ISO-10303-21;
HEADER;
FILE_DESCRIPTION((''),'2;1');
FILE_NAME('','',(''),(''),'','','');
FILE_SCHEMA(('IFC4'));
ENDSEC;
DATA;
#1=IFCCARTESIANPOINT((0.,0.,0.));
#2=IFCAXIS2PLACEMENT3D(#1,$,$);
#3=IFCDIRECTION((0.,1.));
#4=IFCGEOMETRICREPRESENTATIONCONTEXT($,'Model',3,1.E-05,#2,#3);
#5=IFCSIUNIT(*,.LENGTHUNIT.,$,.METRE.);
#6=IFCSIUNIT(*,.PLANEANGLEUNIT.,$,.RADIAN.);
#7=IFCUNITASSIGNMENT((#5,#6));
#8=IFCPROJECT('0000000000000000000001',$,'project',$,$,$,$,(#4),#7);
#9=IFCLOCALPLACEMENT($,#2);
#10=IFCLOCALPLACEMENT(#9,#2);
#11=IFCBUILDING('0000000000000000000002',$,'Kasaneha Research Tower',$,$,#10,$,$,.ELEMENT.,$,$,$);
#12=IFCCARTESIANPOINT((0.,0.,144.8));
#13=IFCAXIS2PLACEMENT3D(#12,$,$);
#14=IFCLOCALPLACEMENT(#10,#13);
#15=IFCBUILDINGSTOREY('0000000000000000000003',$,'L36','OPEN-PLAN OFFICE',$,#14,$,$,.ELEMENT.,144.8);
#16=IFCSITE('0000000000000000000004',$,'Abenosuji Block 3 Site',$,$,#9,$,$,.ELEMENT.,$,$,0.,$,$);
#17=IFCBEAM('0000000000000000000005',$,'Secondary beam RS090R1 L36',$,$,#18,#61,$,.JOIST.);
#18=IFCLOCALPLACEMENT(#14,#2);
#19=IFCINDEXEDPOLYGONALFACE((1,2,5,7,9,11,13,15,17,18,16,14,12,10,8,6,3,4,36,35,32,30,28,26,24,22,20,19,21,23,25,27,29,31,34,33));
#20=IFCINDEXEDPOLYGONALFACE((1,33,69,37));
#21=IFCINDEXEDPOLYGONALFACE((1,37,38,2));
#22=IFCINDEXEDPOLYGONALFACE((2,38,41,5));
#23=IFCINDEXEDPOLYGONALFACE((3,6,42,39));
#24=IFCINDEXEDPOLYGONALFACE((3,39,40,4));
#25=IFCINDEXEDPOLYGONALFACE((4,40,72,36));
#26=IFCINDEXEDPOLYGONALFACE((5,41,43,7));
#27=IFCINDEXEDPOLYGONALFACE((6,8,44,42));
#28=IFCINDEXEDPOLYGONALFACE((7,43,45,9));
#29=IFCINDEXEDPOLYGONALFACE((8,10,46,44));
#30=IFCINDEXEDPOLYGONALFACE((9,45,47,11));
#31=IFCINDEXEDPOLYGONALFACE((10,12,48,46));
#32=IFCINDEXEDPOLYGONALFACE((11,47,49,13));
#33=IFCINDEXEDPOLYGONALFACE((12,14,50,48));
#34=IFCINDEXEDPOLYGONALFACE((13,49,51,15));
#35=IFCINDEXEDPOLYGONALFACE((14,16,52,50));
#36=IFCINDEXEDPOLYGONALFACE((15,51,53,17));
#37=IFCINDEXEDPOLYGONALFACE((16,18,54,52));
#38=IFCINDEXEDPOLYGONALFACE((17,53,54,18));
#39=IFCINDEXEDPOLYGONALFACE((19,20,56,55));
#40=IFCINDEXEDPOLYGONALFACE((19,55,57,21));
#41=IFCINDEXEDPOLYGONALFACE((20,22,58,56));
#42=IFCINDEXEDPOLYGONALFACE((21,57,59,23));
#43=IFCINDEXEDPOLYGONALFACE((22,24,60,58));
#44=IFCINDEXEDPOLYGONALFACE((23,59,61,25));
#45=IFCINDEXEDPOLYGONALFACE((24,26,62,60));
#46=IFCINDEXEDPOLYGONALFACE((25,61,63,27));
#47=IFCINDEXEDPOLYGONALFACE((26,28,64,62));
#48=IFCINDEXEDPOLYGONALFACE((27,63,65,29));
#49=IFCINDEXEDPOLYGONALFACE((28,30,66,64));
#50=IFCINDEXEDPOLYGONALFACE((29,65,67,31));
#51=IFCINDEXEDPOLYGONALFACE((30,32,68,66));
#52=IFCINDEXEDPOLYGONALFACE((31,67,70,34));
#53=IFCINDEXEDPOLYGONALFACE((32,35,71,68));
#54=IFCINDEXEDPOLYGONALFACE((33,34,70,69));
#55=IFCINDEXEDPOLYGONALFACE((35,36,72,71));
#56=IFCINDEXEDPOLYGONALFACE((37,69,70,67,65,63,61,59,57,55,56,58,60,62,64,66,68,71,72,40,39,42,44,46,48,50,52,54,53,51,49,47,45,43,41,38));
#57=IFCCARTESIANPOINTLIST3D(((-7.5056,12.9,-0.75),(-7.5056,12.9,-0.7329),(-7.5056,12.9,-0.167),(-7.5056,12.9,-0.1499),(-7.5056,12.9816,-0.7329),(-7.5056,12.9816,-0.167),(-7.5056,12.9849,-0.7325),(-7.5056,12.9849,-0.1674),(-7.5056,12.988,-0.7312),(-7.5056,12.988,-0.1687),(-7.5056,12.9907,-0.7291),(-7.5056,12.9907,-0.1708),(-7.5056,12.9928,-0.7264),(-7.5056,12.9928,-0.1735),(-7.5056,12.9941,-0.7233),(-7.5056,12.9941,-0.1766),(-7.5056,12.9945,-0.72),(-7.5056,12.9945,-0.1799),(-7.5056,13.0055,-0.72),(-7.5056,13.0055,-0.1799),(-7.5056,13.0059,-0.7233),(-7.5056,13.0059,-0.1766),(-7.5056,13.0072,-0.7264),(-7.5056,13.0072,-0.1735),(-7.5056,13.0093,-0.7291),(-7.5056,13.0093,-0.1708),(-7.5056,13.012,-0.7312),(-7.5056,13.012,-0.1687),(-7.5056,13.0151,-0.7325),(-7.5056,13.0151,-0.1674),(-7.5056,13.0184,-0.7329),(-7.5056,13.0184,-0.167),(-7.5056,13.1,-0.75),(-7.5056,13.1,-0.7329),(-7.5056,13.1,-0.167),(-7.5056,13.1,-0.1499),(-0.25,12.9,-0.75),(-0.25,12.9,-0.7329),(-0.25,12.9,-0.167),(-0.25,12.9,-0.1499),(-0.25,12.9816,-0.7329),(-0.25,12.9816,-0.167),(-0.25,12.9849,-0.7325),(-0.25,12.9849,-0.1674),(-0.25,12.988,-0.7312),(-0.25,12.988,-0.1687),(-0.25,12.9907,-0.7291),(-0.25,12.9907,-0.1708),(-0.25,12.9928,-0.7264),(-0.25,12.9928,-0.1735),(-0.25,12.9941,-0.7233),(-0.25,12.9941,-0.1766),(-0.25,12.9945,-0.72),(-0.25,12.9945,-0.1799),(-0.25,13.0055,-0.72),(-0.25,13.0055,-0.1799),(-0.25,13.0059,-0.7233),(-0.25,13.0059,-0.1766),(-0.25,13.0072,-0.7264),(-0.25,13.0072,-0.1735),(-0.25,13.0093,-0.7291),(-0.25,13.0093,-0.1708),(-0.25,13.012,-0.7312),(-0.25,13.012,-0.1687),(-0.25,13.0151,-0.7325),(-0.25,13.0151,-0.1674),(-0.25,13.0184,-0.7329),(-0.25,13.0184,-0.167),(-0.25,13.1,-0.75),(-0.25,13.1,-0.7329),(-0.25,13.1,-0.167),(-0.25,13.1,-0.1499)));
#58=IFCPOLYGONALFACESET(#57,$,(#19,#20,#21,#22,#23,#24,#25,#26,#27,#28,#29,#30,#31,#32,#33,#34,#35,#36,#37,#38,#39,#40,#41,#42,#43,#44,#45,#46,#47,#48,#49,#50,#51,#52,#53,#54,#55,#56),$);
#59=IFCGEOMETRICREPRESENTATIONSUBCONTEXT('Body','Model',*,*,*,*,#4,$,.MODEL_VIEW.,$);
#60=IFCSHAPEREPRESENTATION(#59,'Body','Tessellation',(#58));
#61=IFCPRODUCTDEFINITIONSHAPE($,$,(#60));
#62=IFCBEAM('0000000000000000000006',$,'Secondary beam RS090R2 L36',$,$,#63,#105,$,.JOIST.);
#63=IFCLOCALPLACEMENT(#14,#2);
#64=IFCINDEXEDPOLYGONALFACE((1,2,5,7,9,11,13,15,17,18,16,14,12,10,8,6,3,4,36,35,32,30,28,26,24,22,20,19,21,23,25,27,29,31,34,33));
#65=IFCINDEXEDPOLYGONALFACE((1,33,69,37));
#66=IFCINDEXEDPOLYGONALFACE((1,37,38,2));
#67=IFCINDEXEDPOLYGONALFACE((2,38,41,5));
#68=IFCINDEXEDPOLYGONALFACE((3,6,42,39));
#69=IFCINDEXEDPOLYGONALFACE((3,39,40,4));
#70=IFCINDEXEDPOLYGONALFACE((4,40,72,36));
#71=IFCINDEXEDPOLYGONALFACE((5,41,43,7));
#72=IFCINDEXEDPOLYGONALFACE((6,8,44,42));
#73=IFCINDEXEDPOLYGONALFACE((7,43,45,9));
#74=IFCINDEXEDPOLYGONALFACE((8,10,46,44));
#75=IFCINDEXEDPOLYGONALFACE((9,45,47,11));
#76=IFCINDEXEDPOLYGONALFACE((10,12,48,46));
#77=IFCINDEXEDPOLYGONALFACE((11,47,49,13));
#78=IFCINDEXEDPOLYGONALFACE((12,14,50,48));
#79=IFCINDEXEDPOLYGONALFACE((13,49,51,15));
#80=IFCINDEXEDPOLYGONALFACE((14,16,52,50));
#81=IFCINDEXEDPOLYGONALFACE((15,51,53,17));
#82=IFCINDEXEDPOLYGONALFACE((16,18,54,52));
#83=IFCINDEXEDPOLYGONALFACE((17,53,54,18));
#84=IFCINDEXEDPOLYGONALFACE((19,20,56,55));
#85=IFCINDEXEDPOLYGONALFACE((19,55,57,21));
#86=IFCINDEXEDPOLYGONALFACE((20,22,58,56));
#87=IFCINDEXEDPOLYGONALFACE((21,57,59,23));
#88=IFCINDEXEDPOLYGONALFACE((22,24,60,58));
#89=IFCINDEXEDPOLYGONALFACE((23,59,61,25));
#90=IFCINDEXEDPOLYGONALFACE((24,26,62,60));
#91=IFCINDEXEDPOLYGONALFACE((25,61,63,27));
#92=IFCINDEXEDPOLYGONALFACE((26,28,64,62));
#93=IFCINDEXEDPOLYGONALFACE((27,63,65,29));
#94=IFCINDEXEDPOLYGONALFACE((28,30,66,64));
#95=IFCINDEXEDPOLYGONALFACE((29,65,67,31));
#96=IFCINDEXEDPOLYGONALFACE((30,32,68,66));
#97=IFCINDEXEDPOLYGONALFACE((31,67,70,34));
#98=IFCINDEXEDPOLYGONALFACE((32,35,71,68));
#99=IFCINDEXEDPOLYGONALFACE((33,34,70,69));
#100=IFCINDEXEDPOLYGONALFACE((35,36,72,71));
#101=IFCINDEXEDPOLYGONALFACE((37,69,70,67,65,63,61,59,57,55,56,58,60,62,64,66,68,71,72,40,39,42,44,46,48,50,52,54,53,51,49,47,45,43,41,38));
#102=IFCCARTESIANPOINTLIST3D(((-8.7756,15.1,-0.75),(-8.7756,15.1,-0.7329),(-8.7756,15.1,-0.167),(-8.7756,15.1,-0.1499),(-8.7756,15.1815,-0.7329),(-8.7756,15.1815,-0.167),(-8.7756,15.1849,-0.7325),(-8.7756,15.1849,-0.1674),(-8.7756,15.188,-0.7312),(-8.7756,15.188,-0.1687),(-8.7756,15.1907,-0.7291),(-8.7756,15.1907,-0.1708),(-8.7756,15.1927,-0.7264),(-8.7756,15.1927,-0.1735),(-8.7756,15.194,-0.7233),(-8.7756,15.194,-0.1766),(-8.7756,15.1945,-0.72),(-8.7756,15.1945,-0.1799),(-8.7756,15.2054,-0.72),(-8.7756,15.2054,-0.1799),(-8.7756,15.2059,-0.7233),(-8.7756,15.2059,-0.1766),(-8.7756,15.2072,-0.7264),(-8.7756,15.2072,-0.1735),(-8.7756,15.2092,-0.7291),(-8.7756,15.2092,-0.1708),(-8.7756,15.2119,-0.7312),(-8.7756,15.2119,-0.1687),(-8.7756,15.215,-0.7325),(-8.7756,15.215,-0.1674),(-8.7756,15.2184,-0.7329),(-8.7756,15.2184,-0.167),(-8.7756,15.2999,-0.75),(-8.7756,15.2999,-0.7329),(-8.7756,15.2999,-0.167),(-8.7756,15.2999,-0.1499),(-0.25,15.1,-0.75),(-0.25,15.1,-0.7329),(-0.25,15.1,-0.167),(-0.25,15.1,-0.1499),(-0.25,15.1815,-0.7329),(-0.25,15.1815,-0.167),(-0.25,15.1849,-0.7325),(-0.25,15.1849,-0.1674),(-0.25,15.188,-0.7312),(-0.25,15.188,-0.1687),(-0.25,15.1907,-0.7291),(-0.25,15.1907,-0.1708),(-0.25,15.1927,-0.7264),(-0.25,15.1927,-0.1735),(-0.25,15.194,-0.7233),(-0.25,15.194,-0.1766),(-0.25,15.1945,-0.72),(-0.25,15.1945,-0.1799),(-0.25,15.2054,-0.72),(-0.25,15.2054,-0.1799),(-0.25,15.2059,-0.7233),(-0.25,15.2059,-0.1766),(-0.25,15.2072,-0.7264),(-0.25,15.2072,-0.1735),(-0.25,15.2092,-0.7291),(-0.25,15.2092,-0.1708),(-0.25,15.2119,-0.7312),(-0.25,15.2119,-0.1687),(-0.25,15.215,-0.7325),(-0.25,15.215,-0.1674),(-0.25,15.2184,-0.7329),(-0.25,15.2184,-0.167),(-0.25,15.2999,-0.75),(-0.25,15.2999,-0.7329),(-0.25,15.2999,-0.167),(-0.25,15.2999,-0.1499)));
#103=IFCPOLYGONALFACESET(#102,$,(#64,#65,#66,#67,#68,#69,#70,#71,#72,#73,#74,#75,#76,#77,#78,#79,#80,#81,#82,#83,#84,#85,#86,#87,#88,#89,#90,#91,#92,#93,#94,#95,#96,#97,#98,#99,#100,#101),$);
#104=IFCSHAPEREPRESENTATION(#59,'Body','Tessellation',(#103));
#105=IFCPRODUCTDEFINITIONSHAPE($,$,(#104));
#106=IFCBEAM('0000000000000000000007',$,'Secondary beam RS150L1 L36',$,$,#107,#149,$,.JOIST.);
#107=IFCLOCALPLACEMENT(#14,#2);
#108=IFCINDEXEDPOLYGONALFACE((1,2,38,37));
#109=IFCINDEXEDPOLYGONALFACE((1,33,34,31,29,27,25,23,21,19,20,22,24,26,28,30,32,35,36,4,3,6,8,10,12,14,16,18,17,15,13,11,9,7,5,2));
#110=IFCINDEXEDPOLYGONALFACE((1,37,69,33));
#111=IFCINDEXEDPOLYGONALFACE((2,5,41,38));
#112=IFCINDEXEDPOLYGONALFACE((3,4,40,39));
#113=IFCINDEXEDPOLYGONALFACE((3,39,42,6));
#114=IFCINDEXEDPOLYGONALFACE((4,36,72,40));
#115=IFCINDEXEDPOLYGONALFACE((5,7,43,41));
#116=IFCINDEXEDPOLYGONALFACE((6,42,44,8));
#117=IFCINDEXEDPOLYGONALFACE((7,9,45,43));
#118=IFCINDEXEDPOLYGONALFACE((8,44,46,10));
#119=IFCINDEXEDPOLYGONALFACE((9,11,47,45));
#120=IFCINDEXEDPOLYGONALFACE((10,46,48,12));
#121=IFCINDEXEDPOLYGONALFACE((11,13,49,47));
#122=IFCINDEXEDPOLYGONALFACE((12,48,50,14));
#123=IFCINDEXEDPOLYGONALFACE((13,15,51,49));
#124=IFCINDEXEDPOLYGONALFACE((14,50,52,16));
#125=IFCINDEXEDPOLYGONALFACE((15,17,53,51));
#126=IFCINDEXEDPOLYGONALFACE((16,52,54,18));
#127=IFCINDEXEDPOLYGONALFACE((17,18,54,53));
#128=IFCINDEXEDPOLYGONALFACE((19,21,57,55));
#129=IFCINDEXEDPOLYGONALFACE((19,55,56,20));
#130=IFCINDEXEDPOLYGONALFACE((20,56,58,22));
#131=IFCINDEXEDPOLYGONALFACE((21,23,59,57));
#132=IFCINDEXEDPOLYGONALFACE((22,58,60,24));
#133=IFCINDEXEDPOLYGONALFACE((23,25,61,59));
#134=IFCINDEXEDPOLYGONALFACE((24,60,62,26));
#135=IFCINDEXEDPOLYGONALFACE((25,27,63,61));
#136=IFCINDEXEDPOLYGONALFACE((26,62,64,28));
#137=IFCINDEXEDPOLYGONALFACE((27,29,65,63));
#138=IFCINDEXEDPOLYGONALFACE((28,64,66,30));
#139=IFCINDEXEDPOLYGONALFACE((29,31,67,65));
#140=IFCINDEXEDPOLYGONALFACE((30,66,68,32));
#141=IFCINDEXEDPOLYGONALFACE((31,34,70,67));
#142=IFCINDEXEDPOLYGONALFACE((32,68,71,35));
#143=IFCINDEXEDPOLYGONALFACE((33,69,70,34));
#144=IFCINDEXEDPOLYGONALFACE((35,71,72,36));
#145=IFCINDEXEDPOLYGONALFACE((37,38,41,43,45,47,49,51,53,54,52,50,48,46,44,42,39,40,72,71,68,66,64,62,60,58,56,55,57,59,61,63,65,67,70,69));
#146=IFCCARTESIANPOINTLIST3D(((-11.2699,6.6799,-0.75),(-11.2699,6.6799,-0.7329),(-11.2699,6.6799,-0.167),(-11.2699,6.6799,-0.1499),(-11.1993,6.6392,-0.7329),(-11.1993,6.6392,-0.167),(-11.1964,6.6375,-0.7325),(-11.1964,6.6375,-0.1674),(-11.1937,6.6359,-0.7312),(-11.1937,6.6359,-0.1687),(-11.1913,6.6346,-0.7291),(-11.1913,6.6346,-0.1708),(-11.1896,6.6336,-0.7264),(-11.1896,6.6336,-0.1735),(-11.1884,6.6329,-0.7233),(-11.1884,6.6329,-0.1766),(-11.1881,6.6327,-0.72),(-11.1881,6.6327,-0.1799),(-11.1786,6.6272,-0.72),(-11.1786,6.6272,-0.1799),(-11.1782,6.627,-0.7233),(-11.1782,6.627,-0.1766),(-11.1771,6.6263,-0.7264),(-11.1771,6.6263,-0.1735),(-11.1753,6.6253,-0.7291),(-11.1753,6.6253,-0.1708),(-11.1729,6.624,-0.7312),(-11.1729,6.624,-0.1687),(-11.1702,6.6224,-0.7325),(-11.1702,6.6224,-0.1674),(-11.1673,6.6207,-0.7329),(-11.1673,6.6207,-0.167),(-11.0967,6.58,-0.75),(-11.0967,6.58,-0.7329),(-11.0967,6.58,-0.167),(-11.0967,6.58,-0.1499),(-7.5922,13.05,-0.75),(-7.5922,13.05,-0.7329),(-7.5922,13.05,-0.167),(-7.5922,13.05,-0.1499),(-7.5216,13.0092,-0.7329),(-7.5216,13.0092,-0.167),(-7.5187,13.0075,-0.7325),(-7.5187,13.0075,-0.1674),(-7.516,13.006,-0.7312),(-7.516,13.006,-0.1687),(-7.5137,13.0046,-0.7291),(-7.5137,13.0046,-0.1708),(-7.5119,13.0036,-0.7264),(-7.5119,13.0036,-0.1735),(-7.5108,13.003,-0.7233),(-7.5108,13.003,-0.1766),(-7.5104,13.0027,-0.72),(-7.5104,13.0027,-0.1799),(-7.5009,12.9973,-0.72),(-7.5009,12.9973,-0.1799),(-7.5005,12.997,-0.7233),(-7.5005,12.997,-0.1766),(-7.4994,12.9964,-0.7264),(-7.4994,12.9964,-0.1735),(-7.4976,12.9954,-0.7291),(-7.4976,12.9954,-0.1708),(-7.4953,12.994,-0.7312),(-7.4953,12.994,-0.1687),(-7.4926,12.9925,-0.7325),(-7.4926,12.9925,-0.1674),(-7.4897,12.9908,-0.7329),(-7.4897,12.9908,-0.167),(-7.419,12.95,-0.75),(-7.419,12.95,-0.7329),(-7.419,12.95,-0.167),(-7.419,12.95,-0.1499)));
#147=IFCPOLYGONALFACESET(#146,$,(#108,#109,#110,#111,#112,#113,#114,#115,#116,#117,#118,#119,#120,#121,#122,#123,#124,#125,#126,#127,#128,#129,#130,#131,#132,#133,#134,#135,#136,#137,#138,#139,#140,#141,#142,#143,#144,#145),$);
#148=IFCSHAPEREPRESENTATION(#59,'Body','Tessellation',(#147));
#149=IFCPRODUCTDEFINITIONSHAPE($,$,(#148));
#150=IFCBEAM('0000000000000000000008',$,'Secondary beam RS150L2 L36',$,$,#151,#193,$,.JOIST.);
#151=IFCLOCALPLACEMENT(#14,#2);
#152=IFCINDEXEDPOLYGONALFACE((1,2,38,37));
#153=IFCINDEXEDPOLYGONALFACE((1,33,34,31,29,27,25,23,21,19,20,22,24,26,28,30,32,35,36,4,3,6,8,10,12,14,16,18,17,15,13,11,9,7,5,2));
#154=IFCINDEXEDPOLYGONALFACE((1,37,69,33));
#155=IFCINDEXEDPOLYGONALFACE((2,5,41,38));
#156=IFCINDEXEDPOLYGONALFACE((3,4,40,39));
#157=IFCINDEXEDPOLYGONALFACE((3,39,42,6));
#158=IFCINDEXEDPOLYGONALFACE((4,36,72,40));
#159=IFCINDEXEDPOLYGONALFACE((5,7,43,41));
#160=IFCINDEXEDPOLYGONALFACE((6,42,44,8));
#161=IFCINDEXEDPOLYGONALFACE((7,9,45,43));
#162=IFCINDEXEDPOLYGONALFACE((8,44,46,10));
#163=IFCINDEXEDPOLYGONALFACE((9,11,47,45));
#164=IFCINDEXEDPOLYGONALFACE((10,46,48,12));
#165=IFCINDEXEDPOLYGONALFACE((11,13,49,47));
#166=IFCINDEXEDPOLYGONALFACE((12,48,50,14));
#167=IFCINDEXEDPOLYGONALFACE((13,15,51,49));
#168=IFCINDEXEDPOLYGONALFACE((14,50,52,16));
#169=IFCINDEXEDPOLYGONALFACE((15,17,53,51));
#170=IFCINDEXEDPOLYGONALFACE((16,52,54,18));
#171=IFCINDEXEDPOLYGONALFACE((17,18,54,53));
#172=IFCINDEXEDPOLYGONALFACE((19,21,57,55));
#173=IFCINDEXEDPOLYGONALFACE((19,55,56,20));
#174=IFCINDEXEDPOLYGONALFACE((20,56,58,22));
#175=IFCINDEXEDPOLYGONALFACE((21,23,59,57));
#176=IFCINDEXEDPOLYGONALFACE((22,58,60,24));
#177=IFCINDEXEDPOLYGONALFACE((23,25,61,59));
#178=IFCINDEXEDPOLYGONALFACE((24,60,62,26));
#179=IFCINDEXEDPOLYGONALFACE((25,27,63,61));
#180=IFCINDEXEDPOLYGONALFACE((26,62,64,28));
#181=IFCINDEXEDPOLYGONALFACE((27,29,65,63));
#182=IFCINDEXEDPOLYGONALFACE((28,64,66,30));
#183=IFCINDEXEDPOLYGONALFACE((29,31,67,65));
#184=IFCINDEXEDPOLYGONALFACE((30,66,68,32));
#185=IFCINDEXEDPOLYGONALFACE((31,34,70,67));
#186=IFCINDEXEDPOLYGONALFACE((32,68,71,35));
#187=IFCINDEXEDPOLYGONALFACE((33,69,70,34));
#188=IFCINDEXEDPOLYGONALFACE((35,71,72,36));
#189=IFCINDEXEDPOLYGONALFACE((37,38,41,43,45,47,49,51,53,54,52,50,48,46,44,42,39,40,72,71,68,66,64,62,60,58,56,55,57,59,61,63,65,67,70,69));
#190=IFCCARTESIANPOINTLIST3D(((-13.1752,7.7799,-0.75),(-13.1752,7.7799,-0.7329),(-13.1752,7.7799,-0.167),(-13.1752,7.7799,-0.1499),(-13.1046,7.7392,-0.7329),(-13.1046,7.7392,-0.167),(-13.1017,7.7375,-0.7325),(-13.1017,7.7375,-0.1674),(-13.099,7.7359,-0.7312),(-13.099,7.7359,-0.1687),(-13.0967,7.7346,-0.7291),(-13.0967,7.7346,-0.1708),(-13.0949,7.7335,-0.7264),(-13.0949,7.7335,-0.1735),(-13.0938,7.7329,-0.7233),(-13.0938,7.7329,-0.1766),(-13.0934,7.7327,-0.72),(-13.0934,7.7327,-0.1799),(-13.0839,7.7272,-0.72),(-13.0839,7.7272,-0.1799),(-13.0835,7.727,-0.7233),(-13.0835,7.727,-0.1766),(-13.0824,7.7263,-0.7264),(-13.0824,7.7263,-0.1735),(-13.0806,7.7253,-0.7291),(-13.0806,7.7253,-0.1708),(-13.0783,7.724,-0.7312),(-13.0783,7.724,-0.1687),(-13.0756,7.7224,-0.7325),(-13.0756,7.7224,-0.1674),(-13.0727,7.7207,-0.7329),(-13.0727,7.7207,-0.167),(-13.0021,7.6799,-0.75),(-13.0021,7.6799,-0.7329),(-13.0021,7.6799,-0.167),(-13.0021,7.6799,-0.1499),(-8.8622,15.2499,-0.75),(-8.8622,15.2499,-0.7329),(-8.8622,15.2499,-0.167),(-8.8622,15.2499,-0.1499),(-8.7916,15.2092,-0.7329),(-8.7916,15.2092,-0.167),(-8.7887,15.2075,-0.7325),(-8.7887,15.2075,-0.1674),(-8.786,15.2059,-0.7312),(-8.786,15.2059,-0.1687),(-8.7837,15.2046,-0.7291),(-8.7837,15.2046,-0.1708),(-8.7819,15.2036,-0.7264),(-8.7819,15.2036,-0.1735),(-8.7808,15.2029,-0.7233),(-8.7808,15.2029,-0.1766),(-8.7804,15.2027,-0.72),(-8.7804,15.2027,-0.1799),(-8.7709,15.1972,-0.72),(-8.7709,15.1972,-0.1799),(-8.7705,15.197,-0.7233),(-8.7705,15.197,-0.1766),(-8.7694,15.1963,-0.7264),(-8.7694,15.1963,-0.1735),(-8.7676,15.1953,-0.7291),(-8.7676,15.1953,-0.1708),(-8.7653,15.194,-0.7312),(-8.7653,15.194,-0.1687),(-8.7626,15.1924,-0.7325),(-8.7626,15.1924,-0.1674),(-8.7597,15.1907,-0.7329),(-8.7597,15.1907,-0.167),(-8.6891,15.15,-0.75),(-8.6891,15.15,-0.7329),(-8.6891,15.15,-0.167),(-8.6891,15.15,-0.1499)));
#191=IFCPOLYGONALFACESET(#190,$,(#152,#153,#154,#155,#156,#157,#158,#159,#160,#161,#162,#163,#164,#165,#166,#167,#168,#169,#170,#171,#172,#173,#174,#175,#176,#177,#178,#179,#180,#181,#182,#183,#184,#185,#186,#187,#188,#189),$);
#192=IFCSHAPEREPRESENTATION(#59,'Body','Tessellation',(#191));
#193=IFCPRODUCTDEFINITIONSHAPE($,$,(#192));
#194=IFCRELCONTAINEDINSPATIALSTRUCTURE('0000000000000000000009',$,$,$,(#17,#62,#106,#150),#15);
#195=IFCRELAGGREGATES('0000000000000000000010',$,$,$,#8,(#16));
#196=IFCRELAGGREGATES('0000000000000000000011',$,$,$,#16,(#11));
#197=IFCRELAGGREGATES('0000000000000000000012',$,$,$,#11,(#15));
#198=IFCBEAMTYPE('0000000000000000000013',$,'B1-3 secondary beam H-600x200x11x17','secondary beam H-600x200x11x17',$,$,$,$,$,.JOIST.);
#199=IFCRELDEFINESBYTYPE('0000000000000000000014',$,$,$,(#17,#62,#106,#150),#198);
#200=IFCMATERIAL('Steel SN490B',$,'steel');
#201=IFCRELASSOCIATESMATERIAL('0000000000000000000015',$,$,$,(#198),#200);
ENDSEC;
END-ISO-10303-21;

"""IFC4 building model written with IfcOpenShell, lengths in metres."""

from ifc_helpers import new_model, si_unit, direction, frame, origin, origin_2d, place, context, subcontext, project, spatial, i_section, extrude, material, material_profile, profile_set, type_object, element, save


model = new_model("IFC4")

# Units and contexts
model_context = context("Model", 3, precision=1e-05, world=origin(), true_north=direction((0.0, 1.0)))
body_context = subcontext(model_context, "Body", "Model", "MODEL_VIEW")
ifc_project = project(units=[si_unit("LENGTHUNIT", "METRE"), si_unit("PLANEANGLEUNIT", "RADIAN")], contexts=[model_context])

# Site, building, storey
site_placement = place(None, origin())
site = spatial("IfcSite", under=ifc_project, at=site_placement, Name="Abenosuji Block 3 Site", CompositionType="ELEMENT", RefElevation=0.0)
building_placement = place(site_placement, origin())
building = spatial("IfcBuilding", under=site, at=building_placement, Name="Kasaneha Research Tower", CompositionType="ELEMENT")
storey_placement = place(building_placement, frame((0.0, 0.0, 144.8)))
storey = spatial("IfcBuildingStorey", under=building, at=storey_placement, Name="L36", Description="OPEN-PLAN OFFICE", CompositionType="ELEMENT", Elevation=144.8)

# Beams
ifc_material_1 = material(Name="Steel SN490B", Category="steel")
ifc_material_profile_1 = material_profile(ifc_material_1, i_section(OverallWidth=0.2, OverallDepth=0.6001, WebThickness=0.011, FlangeThickness=0.0171, FilletRadius=0.0129, at=origin_2d()), Name="H-600x200x11x17")
ifc_profile_set_1 = profile_set([ifc_material_profile_1], Name="Steel SN490B")
beam_type_1 = type_object("IfcBeamType", Name="B1-3 secondary beam H-600x200x11x17", Description="secondary beam H-600x200x11x17", PredefinedType="JOIST", material=ifc_profile_set_1)
beam_1_placement = place(storey_placement, frame((-7.5056, 13.0, -0.45), z_axis=(1.0, 0.0, 0.0), x_axis=(0.0, 1.0, 0.0)))
element("IfcBeam", 1, at=beam_1_placement, inside=storey, type_object=beam_type_1, Name="Secondary beam RS090R1 L36", PredefinedType="JOIST", context=body_context, shape_type="SweptSolid", body=[
    extrude(i_section(OverallWidth=0.2, OverallDepth=0.6001, WebThickness=0.011, FlangeThickness=0.0171, FilletRadius=0.0129, at=origin_2d()), origin(), (0.0, 0.0, 1.0), 7.2556),
])
beam_2_placement = place(storey_placement, frame((-8.7756, 15.2, -0.45), z_axis=(1.0, 0.0, 0.0), x_axis=(0.0, 1.0, 0.0)))
element("IfcBeam", 2, at=beam_2_placement, inside=storey, type_object=beam_type_1, Name="Secondary beam RS090R2 L36", PredefinedType="JOIST", context=body_context, shape_type="SweptSolid", body=[
    extrude(i_section(OverallWidth=0.2, OverallDepth=0.6001, WebThickness=0.011, FlangeThickness=0.0171, FilletRadius=0.0129, at=origin_2d()), origin(), (0.0, 0.0, 1.0), 8.5256),
])
beam_3_placement = place(storey_placement, frame((-7.5056, 13.0, -0.45), z_axis=(-0.499994, -0.866029, 0.0), x_axis=(0.866029, -0.499994, 0.0)))
element("IfcBeam", 3, at=beam_3_placement, inside=storey, type_object=beam_type_1, Name="Secondary beam RS150L1 L36", PredefinedType="JOIST", context=body_context, shape_type="SweptSolid", body=[
    extrude(i_section(OverallWidth=0.2, OverallDepth=0.6001, WebThickness=0.011, FlangeThickness=0.0171, FilletRadius=0.0129, at=origin_2d()), origin(), (0.0, 0.0, 1.0), 7.3555),
])
beam_4_placement = place(storey_placement, frame((-8.7756, 15.2, -0.45), z_axis=(-0.500017, -0.866015, 0.0), x_axis=(0.866015, -0.500017, 0.0)))
element("IfcBeam", 4, at=beam_4_placement, inside=storey, type_object=beam_type_1, Name="Secondary beam RS150L2 L36", PredefinedType="JOIST", context=body_context, shape_type="SweptSolid", body=[
    extrude(i_section(OverallWidth=0.2, OverallDepth=0.6001, WebThickness=0.011, FlangeThickness=0.0171, FilletRadius=0.0129, at=origin_2d()), origin(), (0.0, 0.0, 1.0), 8.6257),
])

save(model, "model.ifc")
